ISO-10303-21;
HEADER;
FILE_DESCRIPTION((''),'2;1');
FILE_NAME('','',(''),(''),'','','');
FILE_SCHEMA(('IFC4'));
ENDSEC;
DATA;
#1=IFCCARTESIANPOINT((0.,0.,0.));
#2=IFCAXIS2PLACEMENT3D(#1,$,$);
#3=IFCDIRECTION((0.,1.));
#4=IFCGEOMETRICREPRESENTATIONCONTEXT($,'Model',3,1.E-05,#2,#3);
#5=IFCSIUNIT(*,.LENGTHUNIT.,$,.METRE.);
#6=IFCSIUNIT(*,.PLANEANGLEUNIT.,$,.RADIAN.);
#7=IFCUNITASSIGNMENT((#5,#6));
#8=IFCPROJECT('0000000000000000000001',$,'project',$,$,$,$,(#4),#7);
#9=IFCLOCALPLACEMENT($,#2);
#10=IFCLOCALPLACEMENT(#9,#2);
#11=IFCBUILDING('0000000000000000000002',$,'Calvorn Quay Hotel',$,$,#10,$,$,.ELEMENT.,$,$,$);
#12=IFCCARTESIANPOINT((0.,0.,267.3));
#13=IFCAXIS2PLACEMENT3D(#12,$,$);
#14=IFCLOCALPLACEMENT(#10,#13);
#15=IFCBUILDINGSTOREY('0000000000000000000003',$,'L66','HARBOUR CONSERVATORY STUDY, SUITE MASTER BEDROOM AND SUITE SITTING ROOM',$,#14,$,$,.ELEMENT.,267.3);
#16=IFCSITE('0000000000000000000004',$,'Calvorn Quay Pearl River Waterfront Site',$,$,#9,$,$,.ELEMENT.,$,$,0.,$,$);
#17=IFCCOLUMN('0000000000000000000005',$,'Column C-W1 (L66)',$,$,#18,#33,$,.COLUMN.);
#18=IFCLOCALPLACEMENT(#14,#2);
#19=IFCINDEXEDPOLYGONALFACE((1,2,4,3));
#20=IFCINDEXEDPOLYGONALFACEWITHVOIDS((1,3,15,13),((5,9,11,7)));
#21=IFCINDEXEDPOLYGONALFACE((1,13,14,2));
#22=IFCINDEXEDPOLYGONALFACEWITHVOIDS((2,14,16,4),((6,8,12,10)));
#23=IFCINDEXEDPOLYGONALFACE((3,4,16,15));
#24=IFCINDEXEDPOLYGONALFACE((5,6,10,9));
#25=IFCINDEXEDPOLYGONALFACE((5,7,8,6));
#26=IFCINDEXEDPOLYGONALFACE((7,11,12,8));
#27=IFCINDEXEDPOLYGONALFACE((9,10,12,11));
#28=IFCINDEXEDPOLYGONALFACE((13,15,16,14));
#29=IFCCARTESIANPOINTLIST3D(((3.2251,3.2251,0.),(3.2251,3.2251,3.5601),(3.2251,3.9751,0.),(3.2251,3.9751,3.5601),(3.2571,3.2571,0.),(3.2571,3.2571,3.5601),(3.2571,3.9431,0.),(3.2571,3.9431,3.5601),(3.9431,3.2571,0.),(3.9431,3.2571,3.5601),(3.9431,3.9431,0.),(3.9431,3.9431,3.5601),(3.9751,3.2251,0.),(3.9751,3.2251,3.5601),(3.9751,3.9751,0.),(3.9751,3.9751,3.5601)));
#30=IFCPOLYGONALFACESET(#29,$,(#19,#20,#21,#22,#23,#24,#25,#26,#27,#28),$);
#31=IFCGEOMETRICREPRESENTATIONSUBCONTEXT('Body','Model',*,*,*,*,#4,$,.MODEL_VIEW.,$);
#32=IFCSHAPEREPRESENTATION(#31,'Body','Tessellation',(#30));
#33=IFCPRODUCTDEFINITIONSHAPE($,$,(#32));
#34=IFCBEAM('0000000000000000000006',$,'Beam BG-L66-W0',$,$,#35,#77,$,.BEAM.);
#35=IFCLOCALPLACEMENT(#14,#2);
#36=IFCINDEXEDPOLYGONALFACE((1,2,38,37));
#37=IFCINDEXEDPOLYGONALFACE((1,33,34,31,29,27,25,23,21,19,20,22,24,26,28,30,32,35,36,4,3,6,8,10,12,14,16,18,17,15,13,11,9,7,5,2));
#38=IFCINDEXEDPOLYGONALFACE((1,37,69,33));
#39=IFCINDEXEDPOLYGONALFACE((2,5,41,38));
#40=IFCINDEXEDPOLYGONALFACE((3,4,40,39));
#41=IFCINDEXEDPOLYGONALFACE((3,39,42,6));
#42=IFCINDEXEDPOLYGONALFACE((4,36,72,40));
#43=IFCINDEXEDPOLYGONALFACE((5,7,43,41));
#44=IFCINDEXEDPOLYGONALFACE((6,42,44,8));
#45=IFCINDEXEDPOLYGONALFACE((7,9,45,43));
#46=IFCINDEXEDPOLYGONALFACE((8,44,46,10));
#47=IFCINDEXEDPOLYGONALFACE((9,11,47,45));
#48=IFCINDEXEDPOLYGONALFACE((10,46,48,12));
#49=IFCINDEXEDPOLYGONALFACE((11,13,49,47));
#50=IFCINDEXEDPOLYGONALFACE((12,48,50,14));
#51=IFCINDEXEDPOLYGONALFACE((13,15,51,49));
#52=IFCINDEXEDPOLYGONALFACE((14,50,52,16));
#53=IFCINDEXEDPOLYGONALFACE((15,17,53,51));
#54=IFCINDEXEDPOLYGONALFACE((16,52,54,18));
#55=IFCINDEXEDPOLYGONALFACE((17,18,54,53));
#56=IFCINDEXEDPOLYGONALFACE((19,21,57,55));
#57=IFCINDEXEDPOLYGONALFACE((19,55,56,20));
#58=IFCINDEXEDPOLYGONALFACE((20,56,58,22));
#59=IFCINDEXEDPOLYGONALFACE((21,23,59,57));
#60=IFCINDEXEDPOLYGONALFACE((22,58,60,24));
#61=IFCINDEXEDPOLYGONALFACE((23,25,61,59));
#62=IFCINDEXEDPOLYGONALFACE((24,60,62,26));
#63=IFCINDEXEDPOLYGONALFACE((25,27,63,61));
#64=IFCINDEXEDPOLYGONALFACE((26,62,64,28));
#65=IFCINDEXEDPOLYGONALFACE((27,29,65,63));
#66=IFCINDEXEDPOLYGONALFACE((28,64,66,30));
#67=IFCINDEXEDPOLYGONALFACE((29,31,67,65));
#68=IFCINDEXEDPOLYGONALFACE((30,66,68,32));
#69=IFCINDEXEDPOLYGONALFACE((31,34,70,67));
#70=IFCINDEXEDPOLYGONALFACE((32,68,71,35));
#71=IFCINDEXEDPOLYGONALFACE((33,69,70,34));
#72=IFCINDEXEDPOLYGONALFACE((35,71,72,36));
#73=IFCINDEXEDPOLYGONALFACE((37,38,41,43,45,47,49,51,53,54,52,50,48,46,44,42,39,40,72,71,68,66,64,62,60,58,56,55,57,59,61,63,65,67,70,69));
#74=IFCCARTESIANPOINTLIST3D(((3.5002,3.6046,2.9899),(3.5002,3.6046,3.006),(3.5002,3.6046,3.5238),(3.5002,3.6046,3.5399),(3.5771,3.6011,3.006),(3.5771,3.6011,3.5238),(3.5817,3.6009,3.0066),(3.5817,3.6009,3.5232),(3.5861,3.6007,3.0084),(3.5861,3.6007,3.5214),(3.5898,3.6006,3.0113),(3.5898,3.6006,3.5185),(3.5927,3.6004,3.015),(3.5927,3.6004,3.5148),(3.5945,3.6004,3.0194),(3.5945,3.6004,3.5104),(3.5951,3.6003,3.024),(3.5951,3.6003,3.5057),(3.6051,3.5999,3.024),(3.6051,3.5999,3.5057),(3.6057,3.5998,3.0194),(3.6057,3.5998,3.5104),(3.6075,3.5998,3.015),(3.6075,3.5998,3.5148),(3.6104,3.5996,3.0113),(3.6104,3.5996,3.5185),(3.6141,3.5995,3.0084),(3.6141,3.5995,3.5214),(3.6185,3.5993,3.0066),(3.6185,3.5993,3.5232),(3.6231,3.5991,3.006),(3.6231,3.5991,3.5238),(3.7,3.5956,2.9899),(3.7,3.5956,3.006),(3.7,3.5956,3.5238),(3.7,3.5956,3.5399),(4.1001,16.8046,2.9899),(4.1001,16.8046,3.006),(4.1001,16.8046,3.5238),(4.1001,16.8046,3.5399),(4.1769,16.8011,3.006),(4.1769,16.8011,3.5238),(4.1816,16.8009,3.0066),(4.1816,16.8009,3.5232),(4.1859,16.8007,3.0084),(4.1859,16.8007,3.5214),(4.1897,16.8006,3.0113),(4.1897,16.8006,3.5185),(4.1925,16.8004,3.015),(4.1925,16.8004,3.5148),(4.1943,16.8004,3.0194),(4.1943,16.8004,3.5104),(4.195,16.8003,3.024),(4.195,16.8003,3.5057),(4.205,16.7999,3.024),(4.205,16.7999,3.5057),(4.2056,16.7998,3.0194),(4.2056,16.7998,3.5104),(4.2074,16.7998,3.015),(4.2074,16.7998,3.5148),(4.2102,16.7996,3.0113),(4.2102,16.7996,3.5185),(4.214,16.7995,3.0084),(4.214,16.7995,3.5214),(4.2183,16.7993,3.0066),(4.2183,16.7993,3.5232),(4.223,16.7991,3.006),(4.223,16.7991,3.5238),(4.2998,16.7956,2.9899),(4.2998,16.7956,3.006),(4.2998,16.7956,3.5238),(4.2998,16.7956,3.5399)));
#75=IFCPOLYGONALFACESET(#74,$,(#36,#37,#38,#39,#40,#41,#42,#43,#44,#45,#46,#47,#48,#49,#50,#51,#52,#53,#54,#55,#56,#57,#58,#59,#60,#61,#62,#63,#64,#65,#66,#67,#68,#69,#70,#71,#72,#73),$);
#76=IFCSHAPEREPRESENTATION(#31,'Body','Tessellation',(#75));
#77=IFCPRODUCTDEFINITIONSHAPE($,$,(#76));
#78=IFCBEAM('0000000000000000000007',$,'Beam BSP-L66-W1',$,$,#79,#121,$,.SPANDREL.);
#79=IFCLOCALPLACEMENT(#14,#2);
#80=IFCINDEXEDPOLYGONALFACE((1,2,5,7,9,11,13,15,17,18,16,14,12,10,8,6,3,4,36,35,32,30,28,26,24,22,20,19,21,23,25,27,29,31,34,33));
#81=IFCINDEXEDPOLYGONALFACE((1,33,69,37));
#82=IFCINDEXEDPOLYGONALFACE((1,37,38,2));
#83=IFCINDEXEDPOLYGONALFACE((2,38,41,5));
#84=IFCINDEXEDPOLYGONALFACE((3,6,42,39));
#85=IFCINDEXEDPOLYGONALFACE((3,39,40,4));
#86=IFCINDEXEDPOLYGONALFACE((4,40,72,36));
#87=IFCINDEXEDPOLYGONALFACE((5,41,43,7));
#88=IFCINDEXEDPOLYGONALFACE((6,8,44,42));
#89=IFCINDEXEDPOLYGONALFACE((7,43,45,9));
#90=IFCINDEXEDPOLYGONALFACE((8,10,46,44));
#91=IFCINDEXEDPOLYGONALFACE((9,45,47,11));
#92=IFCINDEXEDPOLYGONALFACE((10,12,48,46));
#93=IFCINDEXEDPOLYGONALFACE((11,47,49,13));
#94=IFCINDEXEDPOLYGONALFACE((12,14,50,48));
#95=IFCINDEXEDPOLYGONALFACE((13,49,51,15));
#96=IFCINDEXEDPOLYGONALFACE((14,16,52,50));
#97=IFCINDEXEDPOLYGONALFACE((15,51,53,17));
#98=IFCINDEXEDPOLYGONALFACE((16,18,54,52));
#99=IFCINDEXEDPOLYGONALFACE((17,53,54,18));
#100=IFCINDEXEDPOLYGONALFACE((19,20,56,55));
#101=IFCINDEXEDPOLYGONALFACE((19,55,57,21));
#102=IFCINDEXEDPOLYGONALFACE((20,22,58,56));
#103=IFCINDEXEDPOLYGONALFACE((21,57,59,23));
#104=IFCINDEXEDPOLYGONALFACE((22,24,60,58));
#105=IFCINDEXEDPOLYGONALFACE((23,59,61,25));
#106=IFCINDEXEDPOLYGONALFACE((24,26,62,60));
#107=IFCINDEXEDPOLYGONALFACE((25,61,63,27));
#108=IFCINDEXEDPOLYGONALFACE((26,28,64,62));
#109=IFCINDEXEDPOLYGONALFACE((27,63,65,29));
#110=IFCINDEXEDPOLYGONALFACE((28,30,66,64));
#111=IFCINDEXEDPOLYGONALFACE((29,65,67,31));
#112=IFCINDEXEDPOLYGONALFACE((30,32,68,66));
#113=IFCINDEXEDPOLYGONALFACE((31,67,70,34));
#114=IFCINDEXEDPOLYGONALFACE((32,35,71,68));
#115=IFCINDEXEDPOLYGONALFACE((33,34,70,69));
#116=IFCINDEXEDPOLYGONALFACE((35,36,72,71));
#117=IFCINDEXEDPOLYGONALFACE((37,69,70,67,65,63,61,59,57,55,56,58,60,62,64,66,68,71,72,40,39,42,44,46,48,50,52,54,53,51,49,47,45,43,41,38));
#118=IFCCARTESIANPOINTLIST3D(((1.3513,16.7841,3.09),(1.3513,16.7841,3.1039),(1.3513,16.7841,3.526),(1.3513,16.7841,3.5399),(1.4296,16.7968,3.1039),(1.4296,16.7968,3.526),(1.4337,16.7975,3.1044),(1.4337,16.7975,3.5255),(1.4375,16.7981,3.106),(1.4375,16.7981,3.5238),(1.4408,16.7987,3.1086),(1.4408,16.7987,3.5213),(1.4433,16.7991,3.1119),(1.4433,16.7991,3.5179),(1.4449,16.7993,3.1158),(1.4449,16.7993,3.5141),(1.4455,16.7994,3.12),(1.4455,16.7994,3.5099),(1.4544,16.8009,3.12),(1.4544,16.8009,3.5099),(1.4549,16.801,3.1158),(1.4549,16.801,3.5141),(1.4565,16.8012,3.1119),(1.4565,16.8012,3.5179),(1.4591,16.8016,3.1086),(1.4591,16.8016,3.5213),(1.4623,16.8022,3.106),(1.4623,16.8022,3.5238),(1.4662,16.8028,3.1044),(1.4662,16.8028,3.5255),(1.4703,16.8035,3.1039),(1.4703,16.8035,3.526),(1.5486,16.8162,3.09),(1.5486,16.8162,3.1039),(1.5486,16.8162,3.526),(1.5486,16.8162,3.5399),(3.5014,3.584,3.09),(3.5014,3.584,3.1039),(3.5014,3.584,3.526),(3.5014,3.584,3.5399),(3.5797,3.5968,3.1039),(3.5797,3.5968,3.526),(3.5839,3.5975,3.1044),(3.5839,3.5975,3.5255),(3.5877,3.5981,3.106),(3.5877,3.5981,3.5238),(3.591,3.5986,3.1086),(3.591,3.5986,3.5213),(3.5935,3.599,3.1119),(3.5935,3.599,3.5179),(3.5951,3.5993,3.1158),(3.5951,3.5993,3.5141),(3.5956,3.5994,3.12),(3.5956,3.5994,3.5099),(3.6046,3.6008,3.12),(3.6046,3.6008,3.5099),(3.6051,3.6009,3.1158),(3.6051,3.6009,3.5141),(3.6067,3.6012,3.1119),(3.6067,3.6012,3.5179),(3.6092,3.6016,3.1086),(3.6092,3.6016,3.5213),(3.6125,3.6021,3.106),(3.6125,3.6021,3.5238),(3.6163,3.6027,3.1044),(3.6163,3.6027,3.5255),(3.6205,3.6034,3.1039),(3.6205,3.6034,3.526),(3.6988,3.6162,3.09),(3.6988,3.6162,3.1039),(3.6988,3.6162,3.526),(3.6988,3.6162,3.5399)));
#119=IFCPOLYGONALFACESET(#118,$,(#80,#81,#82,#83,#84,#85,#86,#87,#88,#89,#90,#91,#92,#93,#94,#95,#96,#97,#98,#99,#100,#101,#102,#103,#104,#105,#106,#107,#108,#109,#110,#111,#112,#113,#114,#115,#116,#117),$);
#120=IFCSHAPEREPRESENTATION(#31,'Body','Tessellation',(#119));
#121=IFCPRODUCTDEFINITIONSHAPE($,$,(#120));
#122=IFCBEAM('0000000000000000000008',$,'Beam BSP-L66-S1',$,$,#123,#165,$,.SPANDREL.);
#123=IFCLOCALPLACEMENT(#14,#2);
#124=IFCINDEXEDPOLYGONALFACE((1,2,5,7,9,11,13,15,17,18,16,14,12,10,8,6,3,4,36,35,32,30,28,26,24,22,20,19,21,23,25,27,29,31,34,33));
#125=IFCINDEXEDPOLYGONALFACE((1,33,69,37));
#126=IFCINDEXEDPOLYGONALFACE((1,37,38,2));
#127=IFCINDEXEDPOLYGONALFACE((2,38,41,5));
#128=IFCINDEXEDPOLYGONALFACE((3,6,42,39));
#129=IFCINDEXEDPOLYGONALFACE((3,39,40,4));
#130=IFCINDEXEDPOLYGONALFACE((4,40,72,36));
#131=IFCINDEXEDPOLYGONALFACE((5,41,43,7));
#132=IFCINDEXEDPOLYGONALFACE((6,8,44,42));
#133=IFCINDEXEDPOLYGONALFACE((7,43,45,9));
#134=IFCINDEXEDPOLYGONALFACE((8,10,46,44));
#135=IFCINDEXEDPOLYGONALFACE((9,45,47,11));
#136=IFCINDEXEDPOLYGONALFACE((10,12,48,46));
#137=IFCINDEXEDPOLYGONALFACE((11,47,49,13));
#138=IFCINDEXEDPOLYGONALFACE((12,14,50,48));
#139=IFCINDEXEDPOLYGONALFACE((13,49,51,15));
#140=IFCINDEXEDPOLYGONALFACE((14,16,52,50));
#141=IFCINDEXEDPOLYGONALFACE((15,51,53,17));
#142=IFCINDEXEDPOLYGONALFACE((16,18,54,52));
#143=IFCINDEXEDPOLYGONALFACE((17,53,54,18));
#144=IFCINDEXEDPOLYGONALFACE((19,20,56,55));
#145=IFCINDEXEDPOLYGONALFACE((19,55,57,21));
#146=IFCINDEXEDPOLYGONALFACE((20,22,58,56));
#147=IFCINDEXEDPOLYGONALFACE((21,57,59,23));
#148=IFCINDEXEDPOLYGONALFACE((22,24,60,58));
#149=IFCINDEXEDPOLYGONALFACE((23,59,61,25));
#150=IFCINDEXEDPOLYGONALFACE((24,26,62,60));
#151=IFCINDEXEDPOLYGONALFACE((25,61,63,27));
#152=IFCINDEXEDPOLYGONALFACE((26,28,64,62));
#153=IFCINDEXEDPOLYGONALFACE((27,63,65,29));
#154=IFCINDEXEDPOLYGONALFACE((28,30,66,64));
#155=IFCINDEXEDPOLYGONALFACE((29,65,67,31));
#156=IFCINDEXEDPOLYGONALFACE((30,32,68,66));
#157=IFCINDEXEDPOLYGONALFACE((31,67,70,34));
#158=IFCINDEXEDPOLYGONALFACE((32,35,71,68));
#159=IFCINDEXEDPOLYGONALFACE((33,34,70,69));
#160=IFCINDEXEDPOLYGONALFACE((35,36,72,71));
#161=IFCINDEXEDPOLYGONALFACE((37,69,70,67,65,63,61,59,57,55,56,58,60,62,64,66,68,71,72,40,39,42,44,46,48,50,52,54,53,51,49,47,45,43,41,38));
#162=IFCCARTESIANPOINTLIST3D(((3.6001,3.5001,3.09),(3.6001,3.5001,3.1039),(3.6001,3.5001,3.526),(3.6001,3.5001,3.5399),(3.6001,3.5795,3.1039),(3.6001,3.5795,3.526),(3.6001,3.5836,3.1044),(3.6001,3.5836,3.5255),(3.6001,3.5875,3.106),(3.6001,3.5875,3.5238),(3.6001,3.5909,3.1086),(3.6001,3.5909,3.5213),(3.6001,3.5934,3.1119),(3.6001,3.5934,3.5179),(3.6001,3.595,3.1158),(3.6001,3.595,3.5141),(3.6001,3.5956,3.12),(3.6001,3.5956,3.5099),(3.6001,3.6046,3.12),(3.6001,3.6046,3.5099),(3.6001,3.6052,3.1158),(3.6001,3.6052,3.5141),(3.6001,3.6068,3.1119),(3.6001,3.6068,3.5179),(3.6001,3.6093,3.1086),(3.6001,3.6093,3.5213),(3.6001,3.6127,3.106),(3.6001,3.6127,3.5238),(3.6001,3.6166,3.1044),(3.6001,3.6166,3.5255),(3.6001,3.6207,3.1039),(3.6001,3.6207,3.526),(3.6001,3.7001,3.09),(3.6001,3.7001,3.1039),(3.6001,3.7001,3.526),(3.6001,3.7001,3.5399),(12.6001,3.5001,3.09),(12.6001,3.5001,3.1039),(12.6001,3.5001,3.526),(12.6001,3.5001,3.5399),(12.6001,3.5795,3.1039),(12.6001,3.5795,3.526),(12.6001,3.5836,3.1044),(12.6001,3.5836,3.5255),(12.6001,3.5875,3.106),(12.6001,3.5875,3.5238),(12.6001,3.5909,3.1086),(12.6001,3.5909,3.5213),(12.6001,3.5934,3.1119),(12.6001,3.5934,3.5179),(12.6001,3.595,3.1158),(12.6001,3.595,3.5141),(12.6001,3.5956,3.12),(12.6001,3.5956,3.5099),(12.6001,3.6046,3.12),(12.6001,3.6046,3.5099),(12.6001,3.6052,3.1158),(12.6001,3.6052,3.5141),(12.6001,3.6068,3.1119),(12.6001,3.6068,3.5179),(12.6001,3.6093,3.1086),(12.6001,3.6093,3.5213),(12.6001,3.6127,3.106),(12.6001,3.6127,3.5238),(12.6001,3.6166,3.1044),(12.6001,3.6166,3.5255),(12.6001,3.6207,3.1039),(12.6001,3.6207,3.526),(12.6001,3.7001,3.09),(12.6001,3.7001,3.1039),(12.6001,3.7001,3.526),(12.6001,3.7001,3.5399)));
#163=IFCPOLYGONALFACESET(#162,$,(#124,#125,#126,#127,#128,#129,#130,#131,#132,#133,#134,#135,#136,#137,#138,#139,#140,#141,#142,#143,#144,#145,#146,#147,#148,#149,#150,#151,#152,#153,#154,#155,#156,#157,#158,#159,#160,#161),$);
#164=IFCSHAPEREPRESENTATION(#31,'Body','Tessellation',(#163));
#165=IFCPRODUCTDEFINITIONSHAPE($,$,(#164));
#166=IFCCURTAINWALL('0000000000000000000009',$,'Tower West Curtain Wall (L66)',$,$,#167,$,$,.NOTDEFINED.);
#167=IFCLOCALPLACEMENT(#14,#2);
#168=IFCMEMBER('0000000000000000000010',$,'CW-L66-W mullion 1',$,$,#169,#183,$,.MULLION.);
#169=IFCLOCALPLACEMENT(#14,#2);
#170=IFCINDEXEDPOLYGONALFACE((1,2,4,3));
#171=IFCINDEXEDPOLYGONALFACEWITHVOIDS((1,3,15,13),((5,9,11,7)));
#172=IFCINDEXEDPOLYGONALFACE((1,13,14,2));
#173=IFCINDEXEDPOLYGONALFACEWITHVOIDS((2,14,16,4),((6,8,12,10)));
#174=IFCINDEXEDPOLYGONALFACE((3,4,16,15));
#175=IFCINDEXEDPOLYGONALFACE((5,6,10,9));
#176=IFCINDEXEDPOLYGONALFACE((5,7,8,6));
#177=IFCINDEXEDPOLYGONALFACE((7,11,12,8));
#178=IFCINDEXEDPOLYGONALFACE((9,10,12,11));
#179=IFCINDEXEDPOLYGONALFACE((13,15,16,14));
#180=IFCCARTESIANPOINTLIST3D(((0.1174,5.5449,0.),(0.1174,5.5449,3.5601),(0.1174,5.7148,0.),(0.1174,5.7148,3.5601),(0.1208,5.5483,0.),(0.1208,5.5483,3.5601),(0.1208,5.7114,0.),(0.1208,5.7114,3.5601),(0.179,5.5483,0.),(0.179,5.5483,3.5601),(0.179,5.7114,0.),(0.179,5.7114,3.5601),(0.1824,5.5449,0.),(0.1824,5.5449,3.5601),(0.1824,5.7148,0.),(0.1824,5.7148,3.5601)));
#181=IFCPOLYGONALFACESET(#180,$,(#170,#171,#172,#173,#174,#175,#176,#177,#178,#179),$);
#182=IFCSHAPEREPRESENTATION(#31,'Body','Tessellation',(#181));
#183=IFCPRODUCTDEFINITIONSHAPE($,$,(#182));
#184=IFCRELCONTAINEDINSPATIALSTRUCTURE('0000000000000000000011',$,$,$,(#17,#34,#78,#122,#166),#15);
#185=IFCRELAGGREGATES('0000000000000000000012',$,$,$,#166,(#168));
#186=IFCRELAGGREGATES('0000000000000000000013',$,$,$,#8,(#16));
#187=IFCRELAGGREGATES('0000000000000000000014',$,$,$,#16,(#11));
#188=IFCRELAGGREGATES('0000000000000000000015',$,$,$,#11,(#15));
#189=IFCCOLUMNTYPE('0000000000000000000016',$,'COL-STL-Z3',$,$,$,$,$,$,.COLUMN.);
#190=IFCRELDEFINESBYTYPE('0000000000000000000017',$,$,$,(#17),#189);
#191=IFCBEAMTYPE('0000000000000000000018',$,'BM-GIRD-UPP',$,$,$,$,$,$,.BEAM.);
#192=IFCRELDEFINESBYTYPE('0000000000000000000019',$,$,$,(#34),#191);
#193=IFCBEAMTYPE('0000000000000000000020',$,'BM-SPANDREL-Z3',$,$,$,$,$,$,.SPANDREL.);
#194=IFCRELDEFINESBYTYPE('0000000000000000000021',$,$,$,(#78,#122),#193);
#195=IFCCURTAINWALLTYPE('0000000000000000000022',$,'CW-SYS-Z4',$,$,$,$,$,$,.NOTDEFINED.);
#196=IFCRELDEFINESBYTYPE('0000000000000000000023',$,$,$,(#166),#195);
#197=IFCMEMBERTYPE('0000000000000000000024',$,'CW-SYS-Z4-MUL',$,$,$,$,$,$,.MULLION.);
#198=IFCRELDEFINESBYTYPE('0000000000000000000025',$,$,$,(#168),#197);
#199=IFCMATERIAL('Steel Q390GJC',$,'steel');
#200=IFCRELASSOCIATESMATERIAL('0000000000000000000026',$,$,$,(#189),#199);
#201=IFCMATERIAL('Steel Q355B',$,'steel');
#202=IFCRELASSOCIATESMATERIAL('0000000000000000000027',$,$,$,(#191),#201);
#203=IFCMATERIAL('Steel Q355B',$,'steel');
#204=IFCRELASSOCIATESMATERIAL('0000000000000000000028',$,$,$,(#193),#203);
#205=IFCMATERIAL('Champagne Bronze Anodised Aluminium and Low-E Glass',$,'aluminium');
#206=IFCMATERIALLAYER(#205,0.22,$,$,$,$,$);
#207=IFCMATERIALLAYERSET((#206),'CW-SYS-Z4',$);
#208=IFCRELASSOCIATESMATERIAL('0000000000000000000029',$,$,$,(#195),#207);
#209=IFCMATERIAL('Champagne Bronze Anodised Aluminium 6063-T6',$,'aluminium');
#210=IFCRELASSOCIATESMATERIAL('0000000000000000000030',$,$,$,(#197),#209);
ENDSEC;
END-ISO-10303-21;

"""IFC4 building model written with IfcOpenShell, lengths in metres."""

from ifc_helpers import new_model, si_unit, direction, frame, origin, origin_2d, place, context, subcontext, project, spatial, hollow_rectangle, i_section, extrude, material, layer, layer_set, material_profile, profile_set, type_object, element, aggregate, save


model = new_model("IFC4")

# Units and contexts
model_context = context("Model", 3, precision=1e-05, world=origin(), true_north=direction((0.0, 1.0)))
body_context = subcontext(model_context, "Body", "Model", "MODEL_VIEW")
ifc_project = project(units=[si_unit("LENGTHUNIT", "METRE"), si_unit("PLANEANGLEUNIT", "RADIAN")], contexts=[model_context])

# Site, building, storey
site_placement = place(None, origin())
site = spatial("IfcSite", under=ifc_project, at=site_placement, Name="Calvorn Quay Pearl River Waterfront Site", CompositionType="ELEMENT", RefElevation=0.0)
building_placement = place(site_placement, origin())
building = spatial("IfcBuilding", under=site, at=building_placement, Name="Calvorn Quay Hotel", CompositionType="ELEMENT")
storey_placement = place(building_placement, frame((0.0, 0.0, 267.3)))
storey = spatial("IfcBuildingStorey", under=building, at=storey_placement, Name="L66", Description="HARBOUR CONSERVATORY STUDY, SUITE MASTER BEDROOM AND SUITE SITTING ROOM", CompositionType="ELEMENT", Elevation=267.3)

# Column
ifc_material_1 = material(Name="Steel Q390GJC", Category="steel")
ifc_material_profile_1 = material_profile(ifc_material_1, hollow_rectangle(XDim=0.75, YDim=0.75, WallThickness=0.032, at=origin_2d()), Name="BOX750x750x32")
ifc_profile_set_1 = profile_set([ifc_material_profile_1], Name="Steel Q390GJC")
column_type = type_object("IfcColumnType", Name="COL-STL-Z3", PredefinedType="COLUMN", material=ifc_profile_set_1)
column_placement = place(storey_placement, frame((3.6001, 3.6001, 0.0), z_axis=(0.0, 0.0, 1.0), x_axis=(1.0, 0.0, 0.0)))
element("IfcColumn", 1, at=column_placement, inside=storey, type_object=column_type, Name="Column C-W1 (L66)", PredefinedType="COLUMN", context=body_context, shape_type="SweptSolid", body=[
    extrude(hollow_rectangle(XDim=0.75, YDim=0.75, WallThickness=0.032, at=origin_2d()), origin(), (0.0, 0.0, 1.0), 3.5601),
])

# Beams
ifc_material_2 = material(Name="Steel Q355B", Category="steel")
ifc_material_profile_2 = material_profile(ifc_material_2, i_section(OverallWidth=0.2, OverallDepth=0.55, WebThickness=0.01, FlangeThickness=0.0161, FilletRadius=0.0181, at=origin_2d()), Name="HN550x200x10x16")
ifc_profile_set_2 = profile_set([ifc_material_profile_2], Name="Steel Q355B")
beam_type_1 = type_object("IfcBeamType", Name="BM-GIRD-UPP", PredefinedType="BEAM", material=ifc_profile_set_2)
beam_1_placement = place(storey_placement, frame((3.6001, 3.6001, 3.2649), z_axis=(0.045397, 0.998969, 0.0), x_axis=(-0.998969, 0.045397, 0.0)))
element("IfcBeam", 2, at=beam_1_placement, inside=storey, type_object=beam_type_1, Name="Beam BG-L66-W0", PredefinedType="BEAM", context=body_context, shape_type="SweptSolid", body=[
    extrude(i_section(OverallWidth=0.2, OverallDepth=0.55, WebThickness=0.01, FlangeThickness=0.0161, FilletRadius=0.0181, at=origin_2d()), origin(), (0.0, 0.0, 1.0), 13.2136),
])
ifc_material_3 = material(Name="Steel Q355B", Category="steel")
ifc_material_profile_3 = material_profile(ifc_material_3, i_section(OverallWidth=0.2, OverallDepth=0.45, WebThickness=0.009, FlangeThickness=0.0139, FilletRadius=0.0161, at=origin_2d()), Name="HN450x200x9x14")
ifc_profile_set_3 = profile_set([ifc_material_profile_3], Name="Steel Q355B")
beam_type_2 = type_object("IfcBeamType", Name="BM-SPANDREL-Z3", PredefinedType="SPANDREL", material=ifc_profile_set_3)
beam_2_placement = place(storey_placement, frame((3.6001, 3.6001, 3.3149), z_axis=(-0.160772, 0.986992, 0.0), x_axis=(-0.986992, -0.160772, 0.0)))
element("IfcBeam", 3, at=beam_2_placement, inside=storey, type_object=beam_type_2, Name="Beam BSP-L66-W1", PredefinedType="SPANDREL", context=body_context, shape_type="SweptSolid", body=[
    extrude(i_section(OverallWidth=0.2, OverallDepth=0.45, WebThickness=0.009, FlangeThickness=0.0139, FilletRadius=0.0161, at=origin_2d()), origin(), (0.0, 0.0, 1.0), 13.374),
])
beam_3_placement = place(storey_placement, frame((3.6001, 3.6001, 3.3149), z_axis=(1.0, 0.0, 0.0), x_axis=(0.0, 1.0, 0.0)))
element("IfcBeam", 4, at=beam_3_placement, inside=storey, type_object=beam_type_2, Name="Beam BSP-L66-S1", PredefinedType="SPANDREL", context=body_context, shape_type="SweptSolid", body=[
    extrude(i_section(OverallWidth=0.2, OverallDepth=0.45, WebThickness=0.009, FlangeThickness=0.0139, FilletRadius=0.0161, at=origin_2d()), origin(), (0.0, 0.0, 1.0), 9.0),
])

# Curtain wall, member
ifc_material_4 = material(Name="Champagne Bronze Anodised Aluminium and Low-E Glass", Category="aluminium")
ifc_layer_1 = layer(ifc_material_4, 0.22)
ifc_layer_set_1 = layer_set([ifc_layer_1], Name="CW-SYS-Z4")
curtain_wall_type = type_object("IfcCurtainWallType", Name="CW-SYS-Z4", PredefinedType="NOTDEFINED", material=ifc_layer_set_1)
curtain_wall_placement = place(storey_placement, origin())
curtain_wall = element("IfcCurtainWall", 5, at=curtain_wall_placement, inside=storey, type_object=curtain_wall_type, Name="Tower West Curtain Wall (L66)", PredefinedType="NOTDEFINED")
ifc_material_5 = material(Name="Champagne Bronze Anodised Aluminium 6063-T6", Category="aluminium")
ifc_material_profile_4 = material_profile(ifc_material_5, hollow_rectangle(XDim=0.0649, YDim=0.1699, WallThickness=0.0034, at=origin_2d()), Name="ALU-M170x65x3.5")
ifc_profile_set_4 = profile_set([ifc_material_profile_4], Name="Champagne Bronze Anodised Aluminium 6063-T6")
member_type_1 = type_object("IfcMemberType", Name="CW-SYS-Z4-MUL", PredefinedType="MULLION", material=ifc_profile_set_4)
member_1_placement = place(storey_placement, frame((0.1499, 5.6299, 0.0), z_axis=(0.0, 0.0, 1.0), x_axis=(-1.0, 0.0, 0.0)))
member_1 = element("IfcMember", 6, at=member_1_placement, type_object=member_type_1, Name="CW-L66-W mullion 1", PredefinedType="MULLION", context=body_context, shape_type="SweptSolid", body=[
    extrude(hollow_rectangle(XDim=0.0649, YDim=0.1699, WallThickness=0.0034, at=origin_2d()), origin(), (0.0, 0.0, 1.0), 3.5601),
])
aggregate(curtain_wall, [member_1])

save(model, "model.ifc")
